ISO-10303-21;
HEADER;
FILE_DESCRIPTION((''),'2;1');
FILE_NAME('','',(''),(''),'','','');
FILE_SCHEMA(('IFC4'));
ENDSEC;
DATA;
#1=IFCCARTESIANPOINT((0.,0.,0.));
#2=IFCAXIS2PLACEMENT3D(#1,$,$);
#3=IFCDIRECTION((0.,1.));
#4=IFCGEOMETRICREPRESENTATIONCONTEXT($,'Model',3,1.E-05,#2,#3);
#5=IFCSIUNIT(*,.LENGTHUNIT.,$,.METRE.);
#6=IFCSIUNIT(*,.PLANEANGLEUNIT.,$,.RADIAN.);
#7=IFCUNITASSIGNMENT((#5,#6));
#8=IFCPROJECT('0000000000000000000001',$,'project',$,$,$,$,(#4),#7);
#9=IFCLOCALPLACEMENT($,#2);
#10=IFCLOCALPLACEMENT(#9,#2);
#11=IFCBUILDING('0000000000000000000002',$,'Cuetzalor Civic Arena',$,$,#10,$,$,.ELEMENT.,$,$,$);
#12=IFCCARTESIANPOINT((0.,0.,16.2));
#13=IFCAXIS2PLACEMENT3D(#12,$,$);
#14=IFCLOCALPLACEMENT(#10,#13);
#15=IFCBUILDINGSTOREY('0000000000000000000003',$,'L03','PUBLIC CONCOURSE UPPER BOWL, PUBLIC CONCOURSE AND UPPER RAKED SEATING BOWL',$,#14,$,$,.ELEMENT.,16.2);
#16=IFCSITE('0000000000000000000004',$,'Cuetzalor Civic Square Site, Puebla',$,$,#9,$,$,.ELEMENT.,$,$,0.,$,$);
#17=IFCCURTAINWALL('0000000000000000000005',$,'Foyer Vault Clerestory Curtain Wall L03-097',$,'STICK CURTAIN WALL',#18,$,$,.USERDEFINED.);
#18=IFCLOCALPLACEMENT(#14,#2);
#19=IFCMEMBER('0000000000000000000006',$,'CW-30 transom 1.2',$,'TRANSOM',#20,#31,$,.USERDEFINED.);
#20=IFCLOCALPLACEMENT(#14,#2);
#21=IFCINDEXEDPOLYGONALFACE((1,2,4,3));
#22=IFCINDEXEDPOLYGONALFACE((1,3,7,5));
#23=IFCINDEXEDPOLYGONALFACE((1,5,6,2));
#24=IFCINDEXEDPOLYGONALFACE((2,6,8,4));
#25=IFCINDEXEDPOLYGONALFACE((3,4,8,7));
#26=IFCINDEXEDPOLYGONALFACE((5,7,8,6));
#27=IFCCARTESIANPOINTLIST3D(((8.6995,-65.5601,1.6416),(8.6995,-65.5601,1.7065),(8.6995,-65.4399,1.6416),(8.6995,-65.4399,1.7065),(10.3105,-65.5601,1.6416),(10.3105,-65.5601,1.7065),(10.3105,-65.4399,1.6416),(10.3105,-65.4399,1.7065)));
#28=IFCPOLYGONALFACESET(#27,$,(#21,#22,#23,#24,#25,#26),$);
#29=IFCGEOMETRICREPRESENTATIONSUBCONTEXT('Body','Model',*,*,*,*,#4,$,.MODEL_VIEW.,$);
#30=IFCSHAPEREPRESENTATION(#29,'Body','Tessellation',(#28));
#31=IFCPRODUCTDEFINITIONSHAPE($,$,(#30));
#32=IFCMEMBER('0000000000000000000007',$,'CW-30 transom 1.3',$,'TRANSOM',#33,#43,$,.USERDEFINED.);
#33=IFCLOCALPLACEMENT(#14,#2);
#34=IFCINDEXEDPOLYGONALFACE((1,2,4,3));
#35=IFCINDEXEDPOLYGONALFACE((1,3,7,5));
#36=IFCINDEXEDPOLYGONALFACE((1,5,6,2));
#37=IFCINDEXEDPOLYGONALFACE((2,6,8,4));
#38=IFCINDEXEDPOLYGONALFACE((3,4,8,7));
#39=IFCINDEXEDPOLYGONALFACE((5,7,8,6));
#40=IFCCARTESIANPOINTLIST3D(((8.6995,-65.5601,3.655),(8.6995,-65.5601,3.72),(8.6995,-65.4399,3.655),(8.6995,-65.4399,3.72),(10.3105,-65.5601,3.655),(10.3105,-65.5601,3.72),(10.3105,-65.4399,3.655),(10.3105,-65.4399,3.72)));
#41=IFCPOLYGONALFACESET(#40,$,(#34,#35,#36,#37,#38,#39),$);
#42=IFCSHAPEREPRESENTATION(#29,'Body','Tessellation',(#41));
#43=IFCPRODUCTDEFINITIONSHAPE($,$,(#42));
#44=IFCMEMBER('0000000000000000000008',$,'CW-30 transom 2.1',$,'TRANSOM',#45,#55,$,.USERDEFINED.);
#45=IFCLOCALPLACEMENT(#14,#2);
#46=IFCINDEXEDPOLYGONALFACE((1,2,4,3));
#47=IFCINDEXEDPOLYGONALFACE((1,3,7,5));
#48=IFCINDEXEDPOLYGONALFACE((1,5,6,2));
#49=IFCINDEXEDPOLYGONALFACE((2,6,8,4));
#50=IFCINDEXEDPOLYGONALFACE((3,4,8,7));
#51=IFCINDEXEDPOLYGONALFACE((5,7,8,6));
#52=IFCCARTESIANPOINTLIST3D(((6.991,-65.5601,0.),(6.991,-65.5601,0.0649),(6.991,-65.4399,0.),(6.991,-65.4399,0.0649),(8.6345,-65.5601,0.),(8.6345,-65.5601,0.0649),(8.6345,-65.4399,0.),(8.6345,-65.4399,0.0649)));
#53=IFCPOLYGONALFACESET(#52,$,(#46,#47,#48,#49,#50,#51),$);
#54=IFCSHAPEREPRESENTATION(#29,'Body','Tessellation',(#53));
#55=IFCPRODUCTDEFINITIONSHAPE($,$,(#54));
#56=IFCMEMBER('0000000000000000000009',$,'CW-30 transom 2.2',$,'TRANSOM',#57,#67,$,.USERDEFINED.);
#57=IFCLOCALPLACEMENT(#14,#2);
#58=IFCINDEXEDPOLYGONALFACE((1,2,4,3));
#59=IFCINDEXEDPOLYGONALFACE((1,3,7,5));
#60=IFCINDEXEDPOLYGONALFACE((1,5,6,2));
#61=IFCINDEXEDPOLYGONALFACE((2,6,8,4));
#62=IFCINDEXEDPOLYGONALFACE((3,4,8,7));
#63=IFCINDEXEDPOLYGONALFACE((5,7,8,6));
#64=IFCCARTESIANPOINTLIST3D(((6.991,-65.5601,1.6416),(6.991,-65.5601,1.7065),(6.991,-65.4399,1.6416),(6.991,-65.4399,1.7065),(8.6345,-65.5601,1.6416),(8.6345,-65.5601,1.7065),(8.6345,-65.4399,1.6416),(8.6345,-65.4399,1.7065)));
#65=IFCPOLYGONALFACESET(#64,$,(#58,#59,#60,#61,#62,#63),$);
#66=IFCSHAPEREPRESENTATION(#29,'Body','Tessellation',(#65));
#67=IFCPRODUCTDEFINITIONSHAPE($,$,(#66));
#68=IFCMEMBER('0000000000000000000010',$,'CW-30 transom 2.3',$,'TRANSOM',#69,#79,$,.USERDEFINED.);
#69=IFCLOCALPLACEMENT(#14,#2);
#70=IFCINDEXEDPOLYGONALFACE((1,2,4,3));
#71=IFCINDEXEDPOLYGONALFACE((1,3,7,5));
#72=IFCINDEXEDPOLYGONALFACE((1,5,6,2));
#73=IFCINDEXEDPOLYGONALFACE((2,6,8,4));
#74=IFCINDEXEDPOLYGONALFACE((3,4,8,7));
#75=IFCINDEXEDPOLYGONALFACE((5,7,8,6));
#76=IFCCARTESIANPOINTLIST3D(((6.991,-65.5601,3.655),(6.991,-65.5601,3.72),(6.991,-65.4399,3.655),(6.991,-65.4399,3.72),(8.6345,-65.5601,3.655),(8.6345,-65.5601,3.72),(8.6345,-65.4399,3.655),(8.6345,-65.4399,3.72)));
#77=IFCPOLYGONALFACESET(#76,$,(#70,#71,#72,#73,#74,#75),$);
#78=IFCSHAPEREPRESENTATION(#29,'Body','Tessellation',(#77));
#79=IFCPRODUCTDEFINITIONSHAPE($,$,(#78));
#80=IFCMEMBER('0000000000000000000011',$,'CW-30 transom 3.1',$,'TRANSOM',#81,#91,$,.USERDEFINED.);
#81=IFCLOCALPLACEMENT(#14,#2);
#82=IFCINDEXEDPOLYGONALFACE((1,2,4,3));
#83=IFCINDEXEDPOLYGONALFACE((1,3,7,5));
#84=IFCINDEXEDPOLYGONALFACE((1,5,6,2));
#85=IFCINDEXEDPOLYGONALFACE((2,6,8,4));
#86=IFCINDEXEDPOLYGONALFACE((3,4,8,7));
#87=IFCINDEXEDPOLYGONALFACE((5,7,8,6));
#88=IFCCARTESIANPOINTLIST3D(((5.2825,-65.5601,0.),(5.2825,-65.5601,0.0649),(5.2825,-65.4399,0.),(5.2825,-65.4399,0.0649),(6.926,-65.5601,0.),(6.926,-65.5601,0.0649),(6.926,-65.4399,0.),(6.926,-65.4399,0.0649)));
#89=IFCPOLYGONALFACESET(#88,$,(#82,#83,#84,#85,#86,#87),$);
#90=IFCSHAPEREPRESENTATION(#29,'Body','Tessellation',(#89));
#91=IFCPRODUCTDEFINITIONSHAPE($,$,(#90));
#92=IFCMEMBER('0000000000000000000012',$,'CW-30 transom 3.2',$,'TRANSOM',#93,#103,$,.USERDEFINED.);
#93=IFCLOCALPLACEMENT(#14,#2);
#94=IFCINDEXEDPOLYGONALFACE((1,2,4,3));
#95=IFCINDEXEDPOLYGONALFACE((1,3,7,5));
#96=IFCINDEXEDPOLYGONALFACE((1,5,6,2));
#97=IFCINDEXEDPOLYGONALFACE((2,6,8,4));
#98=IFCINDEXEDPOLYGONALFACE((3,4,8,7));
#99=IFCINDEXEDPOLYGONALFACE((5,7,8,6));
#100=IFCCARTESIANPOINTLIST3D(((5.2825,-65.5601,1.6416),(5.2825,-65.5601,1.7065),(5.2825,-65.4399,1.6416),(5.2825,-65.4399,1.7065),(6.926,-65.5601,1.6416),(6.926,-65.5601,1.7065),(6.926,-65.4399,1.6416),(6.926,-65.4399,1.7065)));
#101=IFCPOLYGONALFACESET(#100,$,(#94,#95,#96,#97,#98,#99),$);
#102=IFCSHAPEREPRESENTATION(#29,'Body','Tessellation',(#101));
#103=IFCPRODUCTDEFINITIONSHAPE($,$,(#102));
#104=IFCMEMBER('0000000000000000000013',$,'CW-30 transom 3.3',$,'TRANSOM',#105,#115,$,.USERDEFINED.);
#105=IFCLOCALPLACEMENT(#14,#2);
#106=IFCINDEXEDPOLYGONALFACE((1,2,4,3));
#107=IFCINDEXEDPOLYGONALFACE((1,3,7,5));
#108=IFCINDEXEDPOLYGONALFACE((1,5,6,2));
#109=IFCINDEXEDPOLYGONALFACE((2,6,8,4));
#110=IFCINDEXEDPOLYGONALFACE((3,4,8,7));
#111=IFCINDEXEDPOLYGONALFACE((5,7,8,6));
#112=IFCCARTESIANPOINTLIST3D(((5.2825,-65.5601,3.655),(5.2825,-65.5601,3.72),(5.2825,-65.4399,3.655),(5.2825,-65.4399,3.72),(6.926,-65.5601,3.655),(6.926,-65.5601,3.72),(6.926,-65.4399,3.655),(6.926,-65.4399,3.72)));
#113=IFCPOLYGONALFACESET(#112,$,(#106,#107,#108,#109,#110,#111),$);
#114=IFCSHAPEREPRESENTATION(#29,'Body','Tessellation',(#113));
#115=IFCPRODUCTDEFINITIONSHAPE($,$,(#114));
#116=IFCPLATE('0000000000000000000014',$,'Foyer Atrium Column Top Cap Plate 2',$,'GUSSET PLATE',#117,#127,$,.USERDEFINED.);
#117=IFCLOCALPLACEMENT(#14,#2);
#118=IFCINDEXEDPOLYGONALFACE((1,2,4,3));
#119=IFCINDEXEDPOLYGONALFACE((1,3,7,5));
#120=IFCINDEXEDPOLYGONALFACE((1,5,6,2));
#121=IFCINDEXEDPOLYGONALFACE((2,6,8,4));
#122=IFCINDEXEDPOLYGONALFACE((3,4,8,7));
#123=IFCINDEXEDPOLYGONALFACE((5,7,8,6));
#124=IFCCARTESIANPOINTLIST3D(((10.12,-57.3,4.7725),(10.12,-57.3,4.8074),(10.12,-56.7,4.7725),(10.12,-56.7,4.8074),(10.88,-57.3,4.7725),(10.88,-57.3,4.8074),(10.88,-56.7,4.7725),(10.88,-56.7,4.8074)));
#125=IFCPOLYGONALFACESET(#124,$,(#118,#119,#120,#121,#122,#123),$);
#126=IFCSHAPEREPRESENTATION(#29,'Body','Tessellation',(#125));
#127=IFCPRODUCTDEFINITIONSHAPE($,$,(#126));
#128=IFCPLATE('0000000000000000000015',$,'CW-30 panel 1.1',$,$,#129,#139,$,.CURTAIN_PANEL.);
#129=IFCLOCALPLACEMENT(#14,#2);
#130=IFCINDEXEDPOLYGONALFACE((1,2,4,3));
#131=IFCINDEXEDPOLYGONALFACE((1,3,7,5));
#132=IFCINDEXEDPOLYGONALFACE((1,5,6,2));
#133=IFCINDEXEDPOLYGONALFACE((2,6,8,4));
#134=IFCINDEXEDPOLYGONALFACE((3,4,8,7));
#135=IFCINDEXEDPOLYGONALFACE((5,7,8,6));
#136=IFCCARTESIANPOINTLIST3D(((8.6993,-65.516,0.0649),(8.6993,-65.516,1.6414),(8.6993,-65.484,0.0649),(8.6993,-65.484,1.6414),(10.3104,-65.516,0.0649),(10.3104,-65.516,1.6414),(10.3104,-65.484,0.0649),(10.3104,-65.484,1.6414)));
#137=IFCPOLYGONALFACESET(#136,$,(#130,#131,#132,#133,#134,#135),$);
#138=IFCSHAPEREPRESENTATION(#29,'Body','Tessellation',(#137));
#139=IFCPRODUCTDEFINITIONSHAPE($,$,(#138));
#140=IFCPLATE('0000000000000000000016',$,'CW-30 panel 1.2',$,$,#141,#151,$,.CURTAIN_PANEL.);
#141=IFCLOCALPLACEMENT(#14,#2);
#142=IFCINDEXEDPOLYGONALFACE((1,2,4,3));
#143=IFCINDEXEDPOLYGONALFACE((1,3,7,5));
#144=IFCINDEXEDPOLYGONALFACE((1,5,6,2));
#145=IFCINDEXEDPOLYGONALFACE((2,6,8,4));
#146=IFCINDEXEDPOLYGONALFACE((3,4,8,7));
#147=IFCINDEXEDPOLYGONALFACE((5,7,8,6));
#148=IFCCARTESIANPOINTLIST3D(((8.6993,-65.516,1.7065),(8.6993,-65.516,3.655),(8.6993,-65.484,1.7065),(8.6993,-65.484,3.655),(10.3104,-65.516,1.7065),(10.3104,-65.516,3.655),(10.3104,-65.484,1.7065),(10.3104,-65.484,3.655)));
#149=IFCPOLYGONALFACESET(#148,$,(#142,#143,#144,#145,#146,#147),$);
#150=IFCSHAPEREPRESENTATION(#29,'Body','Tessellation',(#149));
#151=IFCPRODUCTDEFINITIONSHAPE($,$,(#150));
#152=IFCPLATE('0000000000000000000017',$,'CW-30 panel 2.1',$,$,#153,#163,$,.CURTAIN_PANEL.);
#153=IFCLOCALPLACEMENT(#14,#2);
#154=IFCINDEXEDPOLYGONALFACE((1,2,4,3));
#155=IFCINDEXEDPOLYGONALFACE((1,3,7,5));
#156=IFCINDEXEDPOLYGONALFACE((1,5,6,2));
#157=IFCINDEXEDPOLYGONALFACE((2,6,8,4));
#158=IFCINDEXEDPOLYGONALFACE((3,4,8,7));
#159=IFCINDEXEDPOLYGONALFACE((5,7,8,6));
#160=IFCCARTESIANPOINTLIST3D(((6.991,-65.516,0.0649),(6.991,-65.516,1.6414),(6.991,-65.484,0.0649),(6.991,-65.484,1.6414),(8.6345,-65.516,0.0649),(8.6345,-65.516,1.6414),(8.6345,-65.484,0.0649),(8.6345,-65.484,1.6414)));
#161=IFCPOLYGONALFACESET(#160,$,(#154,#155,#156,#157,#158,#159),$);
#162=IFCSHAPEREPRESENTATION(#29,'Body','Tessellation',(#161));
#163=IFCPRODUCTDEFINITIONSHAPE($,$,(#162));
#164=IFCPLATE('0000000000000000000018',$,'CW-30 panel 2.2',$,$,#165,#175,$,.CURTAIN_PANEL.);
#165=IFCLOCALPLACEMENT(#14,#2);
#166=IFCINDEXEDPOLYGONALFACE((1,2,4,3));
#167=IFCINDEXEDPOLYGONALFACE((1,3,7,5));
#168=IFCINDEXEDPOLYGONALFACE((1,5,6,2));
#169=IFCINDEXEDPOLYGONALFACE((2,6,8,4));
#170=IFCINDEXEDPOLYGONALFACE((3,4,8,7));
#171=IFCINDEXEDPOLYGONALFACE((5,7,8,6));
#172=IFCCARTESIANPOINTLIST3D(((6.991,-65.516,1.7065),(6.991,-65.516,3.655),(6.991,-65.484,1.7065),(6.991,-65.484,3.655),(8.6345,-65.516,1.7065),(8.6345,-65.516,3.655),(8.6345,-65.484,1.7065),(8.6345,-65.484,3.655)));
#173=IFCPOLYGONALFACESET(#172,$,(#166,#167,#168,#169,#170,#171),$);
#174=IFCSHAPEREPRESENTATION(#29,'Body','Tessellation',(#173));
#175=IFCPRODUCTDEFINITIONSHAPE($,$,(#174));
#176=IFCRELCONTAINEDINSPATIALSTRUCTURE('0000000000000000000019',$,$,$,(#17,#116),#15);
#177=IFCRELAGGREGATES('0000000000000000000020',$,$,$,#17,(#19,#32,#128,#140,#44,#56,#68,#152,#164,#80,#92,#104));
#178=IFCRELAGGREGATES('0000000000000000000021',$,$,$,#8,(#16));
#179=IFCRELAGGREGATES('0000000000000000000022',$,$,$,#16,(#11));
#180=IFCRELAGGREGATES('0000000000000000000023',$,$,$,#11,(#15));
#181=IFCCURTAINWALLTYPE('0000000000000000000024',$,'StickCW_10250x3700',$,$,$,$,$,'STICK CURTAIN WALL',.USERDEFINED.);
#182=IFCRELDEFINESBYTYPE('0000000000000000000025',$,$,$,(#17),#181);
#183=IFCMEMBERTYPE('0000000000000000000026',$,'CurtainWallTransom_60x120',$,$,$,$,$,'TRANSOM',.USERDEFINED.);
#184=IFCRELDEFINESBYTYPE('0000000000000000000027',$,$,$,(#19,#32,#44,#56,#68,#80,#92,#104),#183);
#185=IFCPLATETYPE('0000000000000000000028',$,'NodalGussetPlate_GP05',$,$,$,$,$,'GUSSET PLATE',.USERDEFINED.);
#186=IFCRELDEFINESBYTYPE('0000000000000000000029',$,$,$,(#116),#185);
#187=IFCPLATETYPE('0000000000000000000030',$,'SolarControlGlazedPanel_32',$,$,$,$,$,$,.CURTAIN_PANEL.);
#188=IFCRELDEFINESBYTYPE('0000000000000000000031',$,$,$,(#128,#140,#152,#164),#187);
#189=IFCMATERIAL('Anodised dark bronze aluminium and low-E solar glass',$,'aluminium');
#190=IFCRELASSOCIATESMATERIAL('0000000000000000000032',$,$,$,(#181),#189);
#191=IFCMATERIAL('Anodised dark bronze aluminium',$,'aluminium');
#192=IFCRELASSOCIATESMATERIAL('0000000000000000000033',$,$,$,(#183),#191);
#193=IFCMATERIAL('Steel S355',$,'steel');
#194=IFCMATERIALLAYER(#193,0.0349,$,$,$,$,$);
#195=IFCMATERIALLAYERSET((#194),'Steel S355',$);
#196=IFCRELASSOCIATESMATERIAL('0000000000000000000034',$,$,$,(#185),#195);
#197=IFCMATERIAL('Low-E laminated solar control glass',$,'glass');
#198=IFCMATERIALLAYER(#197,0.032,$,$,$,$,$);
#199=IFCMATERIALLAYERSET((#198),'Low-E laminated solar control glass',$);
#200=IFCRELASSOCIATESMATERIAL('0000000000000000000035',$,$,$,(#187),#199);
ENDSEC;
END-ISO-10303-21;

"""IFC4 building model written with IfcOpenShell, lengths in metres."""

from ifc_helpers import new_model, si_unit, direction, frame, origin, origin_2d, place, context, subcontext, project, spatial, rectangle, extrude, material, layer, layer_set, material_profile, profile_set, type_object, element, aggregate, save


model = new_model("IFC4")

# Units and contexts
model_context = context("Model", 3, precision=1e-05, world=origin(), true_north=direction((0.0, 1.0)))
body_context = subcontext(model_context, "Body", "Model", "MODEL_VIEW")
ifc_project = project(units=[si_unit("LENGTHUNIT", "METRE"), si_unit("PLANEANGLEUNIT", "RADIAN")], contexts=[model_context])

# Site, building, storey
site_placement = place(None, origin())
site = spatial("IfcSite", under=ifc_project, at=site_placement, Name="Cuetzalor Civic Square Site, Puebla", CompositionType="ELEMENT", RefElevation=0.0)
building_placement = place(site_placement, origin())
building = spatial("IfcBuilding", under=site, at=building_placement, Name="Cuetzalor Civic Arena", CompositionType="ELEMENT")
storey_placement = place(building_placement, frame((0.0, 0.0, 16.2)))
storey = spatial("IfcBuildingStorey", under=building, at=storey_placement, Name="L03", Description="PUBLIC CONCOURSE UPPER BOWL, PUBLIC CONCOURSE AND UPPER RAKED SEATING BOWL", CompositionType="ELEMENT", Elevation=16.2)

# Curtain wall
ifc_material_1 = material(Name="Anodised dark bronze aluminium and low-E solar glass", Category="aluminium")
curtain_wall_type_1 = type_object("IfcCurtainWallType", Name="StickCW_10250x3700", ElementType="STICK CURTAIN WALL", PredefinedType="USERDEFINED", material=ifc_material_1)
curtain_wall_1_placement = place(storey_placement, origin())
curtain_wall_1 = element("IfcCurtainWall", 1, at=curtain_wall_1_placement, inside=storey, type_object=curtain_wall_type_1, Name="Foyer Vault Clerestory Curtain Wall L03-097", ObjectType="STICK CURTAIN WALL", PredefinedType="USERDEFINED")

# Members
ifc_material_2 = material(Name="Anodised dark bronze aluminium", Category="aluminium")
ifc_material_profile_1 = material_profile(ifc_material_2, rectangle(XDim=0.1201, YDim=0.0649, at=origin_2d()), Name="ALU TRANSOM 65x120")
ifc_profile_set_1 = profile_set([ifc_material_profile_1], Name="Anodised dark bronze aluminium")
member_type_1 = type_object("IfcMemberType", Name="CurtainWallTransom_60x120", ElementType="TRANSOM", PredefinedType="USERDEFINED", material=ifc_profile_set_1)
member_1_placement = place(storey_placement, frame((10.3105, -65.5, 1.6741), z_axis=(-1.0, 0.0, 0.0), x_axis=(0.0, -1.0, 0.0)))
member_1 = element("IfcMember", 2, at=member_1_placement, type_object=member_type_1, Name="CW-30 transom 1.2", ObjectType="TRANSOM", PredefinedType="USERDEFINED", context=body_context, shape_type="SweptSolid", body=[
    extrude(rectangle(XDim=0.1201, YDim=0.0649, at=origin_2d()), origin(), (0.0, 0.0, 1.0), 1.6111),
])
member_2_placement = place(storey_placement, frame((10.3105, -65.5, 3.6875), z_axis=(-1.0, 0.0, 0.0), x_axis=(0.0, -1.0, 0.0)))
member_2 = element("IfcMember", 3, at=member_2_placement, type_object=member_type_1, Name="CW-30 transom 1.3", ObjectType="TRANSOM", PredefinedType="USERDEFINED", context=body_context, shape_type="SweptSolid", body=[
    extrude(rectangle(XDim=0.1201, YDim=0.0649, at=origin_2d()), origin(), (0.0, 0.0, 1.0), 1.6111),
])
member_3_placement = place(storey_placement, frame((8.6345, -65.5, 0.0325), z_axis=(-1.0, 0.0, 0.0), x_axis=(0.0, -1.0, 0.0)))
member_3 = element("IfcMember", 4, at=member_3_placement, type_object=member_type_1, Name="CW-30 transom 2.1", ObjectType="TRANSOM", PredefinedType="USERDEFINED", context=body_context, shape_type="SweptSolid", body=[
    extrude(rectangle(XDim=0.1201, YDim=0.0649, at=origin_2d()), origin(), (0.0, 0.0, 1.0), 1.6436),
])
member_4_placement = place(storey_placement, frame((8.6345, -65.5, 1.6741), z_axis=(-1.0, 0.0, 0.0), x_axis=(0.0, -1.0, 0.0)))
member_4 = element("IfcMember", 5, at=member_4_placement, type_object=member_type_1, Name="CW-30 transom 2.2", ObjectType="TRANSOM", PredefinedType="USERDEFINED", context=body_context, shape_type="SweptSolid", body=[
    extrude(rectangle(XDim=0.1201, YDim=0.0649, at=origin_2d()), origin(), (0.0, 0.0, 1.0), 1.6436),
])
member_5_placement = place(storey_placement, frame((8.6345, -65.5, 3.6875), z_axis=(-1.0, 0.0, 0.0), x_axis=(0.0, -1.0, 0.0)))
member_5 = element("IfcMember", 6, at=member_5_placement, type_object=member_type_1, Name="CW-30 transom 2.3", ObjectType="TRANSOM", PredefinedType="USERDEFINED", context=body_context, shape_type="SweptSolid", body=[
    extrude(rectangle(XDim=0.1201, YDim=0.0649, at=origin_2d()), origin(), (0.0, 0.0, 1.0), 1.6436),
])
member_6_placement = place(storey_placement, frame((6.926, -65.5, 0.0325), z_axis=(-1.0, 0.0, 0.0), x_axis=(0.0, -1.0, 0.0)))
member_6 = element("IfcMember", 7, at=member_6_placement, type_object=member_type_1, Name="CW-30 transom 3.1", ObjectType="TRANSOM", PredefinedType="USERDEFINED", context=body_context, shape_type="SweptSolid", body=[
    extrude(rectangle(XDim=0.1201, YDim=0.0649, at=origin_2d()), origin(), (0.0, 0.0, 1.0), 1.6436),
])
member_7_placement = place(storey_placement, frame((6.926, -65.5, 1.6741), z_axis=(-1.0, 0.0, 0.0), x_axis=(0.0, -1.0, 0.0)))
member_7 = element("IfcMember", 8, at=member_7_placement, type_object=member_type_1, Name="CW-30 transom 3.2", ObjectType="TRANSOM", PredefinedType="USERDEFINED", context=body_context, shape_type="SweptSolid", body=[
    extrude(rectangle(XDim=0.1201, YDim=0.0649, at=origin_2d()), origin(), (0.0, 0.0, 1.0), 1.6436),
])
member_8_placement = place(storey_placement, frame((6.926, -65.5, 3.6875), z_axis=(-1.0, 0.0, 0.0), x_axis=(0.0, -1.0, 0.0)))
member_8 = element("IfcMember", 9, at=member_8_placement, type_object=member_type_1, Name="CW-30 transom 3.3", ObjectType="TRANSOM", PredefinedType="USERDEFINED", context=body_context, shape_type="SweptSolid", body=[
    extrude(rectangle(XDim=0.1201, YDim=0.0649, at=origin_2d()), origin(), (0.0, 0.0, 1.0), 1.6436),
])

# Plates
ifc_material_3 = material(Name="Steel S355", Category="steel")
ifc_layer_1 = layer(ifc_material_3, 0.0349)
ifc_layer_set_1 = layer_set([ifc_layer_1], Name="Steel S355")
plate_type_1 = type_object("IfcPlateType", Name="NodalGussetPlate_GP05", ElementType="GUSSET PLATE", PredefinedType="USERDEFINED", material=ifc_layer_set_1)
plate_1_placement = place(storey_placement, frame((10.5, -57.0, 4.7725), z_axis=(0.0, 0.0, 1.0), x_axis=(1.0, 0.0, 0.0)))
element("IfcPlate", 10, at=plate_1_placement, inside=storey, type_object=plate_type_1, Name="Foyer Atrium Column Top Cap Plate 2", ObjectType="GUSSET PLATE", PredefinedType="USERDEFINED", context=body_context, shape_type="SweptSolid", body=[
    extrude(rectangle(XDim=0.76, YDim=0.6001, at=origin_2d()), origin(), (0.0, 0.0, 1.0), 0.0349),
])
ifc_material_4 = material(Name="Low-E laminated solar control glass", Category="glass")
ifc_layer_2 = layer(ifc_material_4, 0.032)
ifc_layer_set_2 = layer_set([ifc_layer_2], Name="Low-E laminated solar control glass")
plate_type_2 = type_object("IfcPlateType", Name="SolarControlGlazedPanel_32", PredefinedType="CURTAIN_PANEL", material=ifc_layer_set_2)
plate_2_placement = place(storey_placement, frame((9.5049, -65.5, 0.0649), z_axis=(0.0, 0.0, 1.0), x_axis=(-1.0, 0.0, 0.0)))
plate_2 = element("IfcPlate", 11, at=plate_2_placement, type_object=plate_type_2, Name="CW-30 panel 1.1", PredefinedType="CURTAIN_PANEL", context=body_context, shape_type="SweptSolid", body=[
    extrude(rectangle(XDim=1.6111, YDim=0.032, at=origin_2d()), origin(), (0.0, 0.0, 1.0), 1.5764),
])
plate_3_placement = place(storey_placement, frame((9.5049, -65.5, 1.7065), z_axis=(0.0, 0.0, 1.0), x_axis=(-1.0, 0.0, 0.0)))
plate_3 = element("IfcPlate", 12, at=plate_3_placement, type_object=plate_type_2, Name="CW-30 panel 1.2", PredefinedType="CURTAIN_PANEL", context=body_context, shape_type="SweptSolid", body=[
    extrude(rectangle(XDim=1.6111, YDim=0.032, at=origin_2d()), origin(), (0.0, 0.0, 1.0), 1.9485),
])
plate_4_placement = place(storey_placement, frame((7.8127, -65.5, 0.0649), z_axis=(0.0, 0.0, 1.0), x_axis=(-1.0, 0.0, 0.0)))
plate_4 = element("IfcPlate", 13, at=plate_4_placement, type_object=plate_type_2, Name="CW-30 panel 2.1", PredefinedType="CURTAIN_PANEL", context=body_context, shape_type="SweptSolid", body=[
    extrude(rectangle(XDim=1.6436, YDim=0.032, at=origin_2d()), origin(), (0.0, 0.0, 1.0), 1.5764),
])
plate_5_placement = place(storey_placement, frame((7.8127, -65.5, 1.7065), z_axis=(0.0, 0.0, 1.0), x_axis=(-1.0, 0.0, 0.0)))
plate_5 = element("IfcPlate", 14, at=plate_5_placement, type_object=plate_type_2, Name="CW-30 panel 2.2", PredefinedType="CURTAIN_PANEL", context=body_context, shape_type="SweptSolid", body=[
    extrude(rectangle(XDim=1.6436, YDim=0.032, at=origin_2d()), origin(), (0.0, 0.0, 1.0), 1.9485),
])
aggregate(curtain_wall_1, [member_1, member_2, plate_2, plate_3, member_3, member_4, member_5, plate_4, plate_5, member_6, member_7, member_8])

save(model, "model.ifc")
